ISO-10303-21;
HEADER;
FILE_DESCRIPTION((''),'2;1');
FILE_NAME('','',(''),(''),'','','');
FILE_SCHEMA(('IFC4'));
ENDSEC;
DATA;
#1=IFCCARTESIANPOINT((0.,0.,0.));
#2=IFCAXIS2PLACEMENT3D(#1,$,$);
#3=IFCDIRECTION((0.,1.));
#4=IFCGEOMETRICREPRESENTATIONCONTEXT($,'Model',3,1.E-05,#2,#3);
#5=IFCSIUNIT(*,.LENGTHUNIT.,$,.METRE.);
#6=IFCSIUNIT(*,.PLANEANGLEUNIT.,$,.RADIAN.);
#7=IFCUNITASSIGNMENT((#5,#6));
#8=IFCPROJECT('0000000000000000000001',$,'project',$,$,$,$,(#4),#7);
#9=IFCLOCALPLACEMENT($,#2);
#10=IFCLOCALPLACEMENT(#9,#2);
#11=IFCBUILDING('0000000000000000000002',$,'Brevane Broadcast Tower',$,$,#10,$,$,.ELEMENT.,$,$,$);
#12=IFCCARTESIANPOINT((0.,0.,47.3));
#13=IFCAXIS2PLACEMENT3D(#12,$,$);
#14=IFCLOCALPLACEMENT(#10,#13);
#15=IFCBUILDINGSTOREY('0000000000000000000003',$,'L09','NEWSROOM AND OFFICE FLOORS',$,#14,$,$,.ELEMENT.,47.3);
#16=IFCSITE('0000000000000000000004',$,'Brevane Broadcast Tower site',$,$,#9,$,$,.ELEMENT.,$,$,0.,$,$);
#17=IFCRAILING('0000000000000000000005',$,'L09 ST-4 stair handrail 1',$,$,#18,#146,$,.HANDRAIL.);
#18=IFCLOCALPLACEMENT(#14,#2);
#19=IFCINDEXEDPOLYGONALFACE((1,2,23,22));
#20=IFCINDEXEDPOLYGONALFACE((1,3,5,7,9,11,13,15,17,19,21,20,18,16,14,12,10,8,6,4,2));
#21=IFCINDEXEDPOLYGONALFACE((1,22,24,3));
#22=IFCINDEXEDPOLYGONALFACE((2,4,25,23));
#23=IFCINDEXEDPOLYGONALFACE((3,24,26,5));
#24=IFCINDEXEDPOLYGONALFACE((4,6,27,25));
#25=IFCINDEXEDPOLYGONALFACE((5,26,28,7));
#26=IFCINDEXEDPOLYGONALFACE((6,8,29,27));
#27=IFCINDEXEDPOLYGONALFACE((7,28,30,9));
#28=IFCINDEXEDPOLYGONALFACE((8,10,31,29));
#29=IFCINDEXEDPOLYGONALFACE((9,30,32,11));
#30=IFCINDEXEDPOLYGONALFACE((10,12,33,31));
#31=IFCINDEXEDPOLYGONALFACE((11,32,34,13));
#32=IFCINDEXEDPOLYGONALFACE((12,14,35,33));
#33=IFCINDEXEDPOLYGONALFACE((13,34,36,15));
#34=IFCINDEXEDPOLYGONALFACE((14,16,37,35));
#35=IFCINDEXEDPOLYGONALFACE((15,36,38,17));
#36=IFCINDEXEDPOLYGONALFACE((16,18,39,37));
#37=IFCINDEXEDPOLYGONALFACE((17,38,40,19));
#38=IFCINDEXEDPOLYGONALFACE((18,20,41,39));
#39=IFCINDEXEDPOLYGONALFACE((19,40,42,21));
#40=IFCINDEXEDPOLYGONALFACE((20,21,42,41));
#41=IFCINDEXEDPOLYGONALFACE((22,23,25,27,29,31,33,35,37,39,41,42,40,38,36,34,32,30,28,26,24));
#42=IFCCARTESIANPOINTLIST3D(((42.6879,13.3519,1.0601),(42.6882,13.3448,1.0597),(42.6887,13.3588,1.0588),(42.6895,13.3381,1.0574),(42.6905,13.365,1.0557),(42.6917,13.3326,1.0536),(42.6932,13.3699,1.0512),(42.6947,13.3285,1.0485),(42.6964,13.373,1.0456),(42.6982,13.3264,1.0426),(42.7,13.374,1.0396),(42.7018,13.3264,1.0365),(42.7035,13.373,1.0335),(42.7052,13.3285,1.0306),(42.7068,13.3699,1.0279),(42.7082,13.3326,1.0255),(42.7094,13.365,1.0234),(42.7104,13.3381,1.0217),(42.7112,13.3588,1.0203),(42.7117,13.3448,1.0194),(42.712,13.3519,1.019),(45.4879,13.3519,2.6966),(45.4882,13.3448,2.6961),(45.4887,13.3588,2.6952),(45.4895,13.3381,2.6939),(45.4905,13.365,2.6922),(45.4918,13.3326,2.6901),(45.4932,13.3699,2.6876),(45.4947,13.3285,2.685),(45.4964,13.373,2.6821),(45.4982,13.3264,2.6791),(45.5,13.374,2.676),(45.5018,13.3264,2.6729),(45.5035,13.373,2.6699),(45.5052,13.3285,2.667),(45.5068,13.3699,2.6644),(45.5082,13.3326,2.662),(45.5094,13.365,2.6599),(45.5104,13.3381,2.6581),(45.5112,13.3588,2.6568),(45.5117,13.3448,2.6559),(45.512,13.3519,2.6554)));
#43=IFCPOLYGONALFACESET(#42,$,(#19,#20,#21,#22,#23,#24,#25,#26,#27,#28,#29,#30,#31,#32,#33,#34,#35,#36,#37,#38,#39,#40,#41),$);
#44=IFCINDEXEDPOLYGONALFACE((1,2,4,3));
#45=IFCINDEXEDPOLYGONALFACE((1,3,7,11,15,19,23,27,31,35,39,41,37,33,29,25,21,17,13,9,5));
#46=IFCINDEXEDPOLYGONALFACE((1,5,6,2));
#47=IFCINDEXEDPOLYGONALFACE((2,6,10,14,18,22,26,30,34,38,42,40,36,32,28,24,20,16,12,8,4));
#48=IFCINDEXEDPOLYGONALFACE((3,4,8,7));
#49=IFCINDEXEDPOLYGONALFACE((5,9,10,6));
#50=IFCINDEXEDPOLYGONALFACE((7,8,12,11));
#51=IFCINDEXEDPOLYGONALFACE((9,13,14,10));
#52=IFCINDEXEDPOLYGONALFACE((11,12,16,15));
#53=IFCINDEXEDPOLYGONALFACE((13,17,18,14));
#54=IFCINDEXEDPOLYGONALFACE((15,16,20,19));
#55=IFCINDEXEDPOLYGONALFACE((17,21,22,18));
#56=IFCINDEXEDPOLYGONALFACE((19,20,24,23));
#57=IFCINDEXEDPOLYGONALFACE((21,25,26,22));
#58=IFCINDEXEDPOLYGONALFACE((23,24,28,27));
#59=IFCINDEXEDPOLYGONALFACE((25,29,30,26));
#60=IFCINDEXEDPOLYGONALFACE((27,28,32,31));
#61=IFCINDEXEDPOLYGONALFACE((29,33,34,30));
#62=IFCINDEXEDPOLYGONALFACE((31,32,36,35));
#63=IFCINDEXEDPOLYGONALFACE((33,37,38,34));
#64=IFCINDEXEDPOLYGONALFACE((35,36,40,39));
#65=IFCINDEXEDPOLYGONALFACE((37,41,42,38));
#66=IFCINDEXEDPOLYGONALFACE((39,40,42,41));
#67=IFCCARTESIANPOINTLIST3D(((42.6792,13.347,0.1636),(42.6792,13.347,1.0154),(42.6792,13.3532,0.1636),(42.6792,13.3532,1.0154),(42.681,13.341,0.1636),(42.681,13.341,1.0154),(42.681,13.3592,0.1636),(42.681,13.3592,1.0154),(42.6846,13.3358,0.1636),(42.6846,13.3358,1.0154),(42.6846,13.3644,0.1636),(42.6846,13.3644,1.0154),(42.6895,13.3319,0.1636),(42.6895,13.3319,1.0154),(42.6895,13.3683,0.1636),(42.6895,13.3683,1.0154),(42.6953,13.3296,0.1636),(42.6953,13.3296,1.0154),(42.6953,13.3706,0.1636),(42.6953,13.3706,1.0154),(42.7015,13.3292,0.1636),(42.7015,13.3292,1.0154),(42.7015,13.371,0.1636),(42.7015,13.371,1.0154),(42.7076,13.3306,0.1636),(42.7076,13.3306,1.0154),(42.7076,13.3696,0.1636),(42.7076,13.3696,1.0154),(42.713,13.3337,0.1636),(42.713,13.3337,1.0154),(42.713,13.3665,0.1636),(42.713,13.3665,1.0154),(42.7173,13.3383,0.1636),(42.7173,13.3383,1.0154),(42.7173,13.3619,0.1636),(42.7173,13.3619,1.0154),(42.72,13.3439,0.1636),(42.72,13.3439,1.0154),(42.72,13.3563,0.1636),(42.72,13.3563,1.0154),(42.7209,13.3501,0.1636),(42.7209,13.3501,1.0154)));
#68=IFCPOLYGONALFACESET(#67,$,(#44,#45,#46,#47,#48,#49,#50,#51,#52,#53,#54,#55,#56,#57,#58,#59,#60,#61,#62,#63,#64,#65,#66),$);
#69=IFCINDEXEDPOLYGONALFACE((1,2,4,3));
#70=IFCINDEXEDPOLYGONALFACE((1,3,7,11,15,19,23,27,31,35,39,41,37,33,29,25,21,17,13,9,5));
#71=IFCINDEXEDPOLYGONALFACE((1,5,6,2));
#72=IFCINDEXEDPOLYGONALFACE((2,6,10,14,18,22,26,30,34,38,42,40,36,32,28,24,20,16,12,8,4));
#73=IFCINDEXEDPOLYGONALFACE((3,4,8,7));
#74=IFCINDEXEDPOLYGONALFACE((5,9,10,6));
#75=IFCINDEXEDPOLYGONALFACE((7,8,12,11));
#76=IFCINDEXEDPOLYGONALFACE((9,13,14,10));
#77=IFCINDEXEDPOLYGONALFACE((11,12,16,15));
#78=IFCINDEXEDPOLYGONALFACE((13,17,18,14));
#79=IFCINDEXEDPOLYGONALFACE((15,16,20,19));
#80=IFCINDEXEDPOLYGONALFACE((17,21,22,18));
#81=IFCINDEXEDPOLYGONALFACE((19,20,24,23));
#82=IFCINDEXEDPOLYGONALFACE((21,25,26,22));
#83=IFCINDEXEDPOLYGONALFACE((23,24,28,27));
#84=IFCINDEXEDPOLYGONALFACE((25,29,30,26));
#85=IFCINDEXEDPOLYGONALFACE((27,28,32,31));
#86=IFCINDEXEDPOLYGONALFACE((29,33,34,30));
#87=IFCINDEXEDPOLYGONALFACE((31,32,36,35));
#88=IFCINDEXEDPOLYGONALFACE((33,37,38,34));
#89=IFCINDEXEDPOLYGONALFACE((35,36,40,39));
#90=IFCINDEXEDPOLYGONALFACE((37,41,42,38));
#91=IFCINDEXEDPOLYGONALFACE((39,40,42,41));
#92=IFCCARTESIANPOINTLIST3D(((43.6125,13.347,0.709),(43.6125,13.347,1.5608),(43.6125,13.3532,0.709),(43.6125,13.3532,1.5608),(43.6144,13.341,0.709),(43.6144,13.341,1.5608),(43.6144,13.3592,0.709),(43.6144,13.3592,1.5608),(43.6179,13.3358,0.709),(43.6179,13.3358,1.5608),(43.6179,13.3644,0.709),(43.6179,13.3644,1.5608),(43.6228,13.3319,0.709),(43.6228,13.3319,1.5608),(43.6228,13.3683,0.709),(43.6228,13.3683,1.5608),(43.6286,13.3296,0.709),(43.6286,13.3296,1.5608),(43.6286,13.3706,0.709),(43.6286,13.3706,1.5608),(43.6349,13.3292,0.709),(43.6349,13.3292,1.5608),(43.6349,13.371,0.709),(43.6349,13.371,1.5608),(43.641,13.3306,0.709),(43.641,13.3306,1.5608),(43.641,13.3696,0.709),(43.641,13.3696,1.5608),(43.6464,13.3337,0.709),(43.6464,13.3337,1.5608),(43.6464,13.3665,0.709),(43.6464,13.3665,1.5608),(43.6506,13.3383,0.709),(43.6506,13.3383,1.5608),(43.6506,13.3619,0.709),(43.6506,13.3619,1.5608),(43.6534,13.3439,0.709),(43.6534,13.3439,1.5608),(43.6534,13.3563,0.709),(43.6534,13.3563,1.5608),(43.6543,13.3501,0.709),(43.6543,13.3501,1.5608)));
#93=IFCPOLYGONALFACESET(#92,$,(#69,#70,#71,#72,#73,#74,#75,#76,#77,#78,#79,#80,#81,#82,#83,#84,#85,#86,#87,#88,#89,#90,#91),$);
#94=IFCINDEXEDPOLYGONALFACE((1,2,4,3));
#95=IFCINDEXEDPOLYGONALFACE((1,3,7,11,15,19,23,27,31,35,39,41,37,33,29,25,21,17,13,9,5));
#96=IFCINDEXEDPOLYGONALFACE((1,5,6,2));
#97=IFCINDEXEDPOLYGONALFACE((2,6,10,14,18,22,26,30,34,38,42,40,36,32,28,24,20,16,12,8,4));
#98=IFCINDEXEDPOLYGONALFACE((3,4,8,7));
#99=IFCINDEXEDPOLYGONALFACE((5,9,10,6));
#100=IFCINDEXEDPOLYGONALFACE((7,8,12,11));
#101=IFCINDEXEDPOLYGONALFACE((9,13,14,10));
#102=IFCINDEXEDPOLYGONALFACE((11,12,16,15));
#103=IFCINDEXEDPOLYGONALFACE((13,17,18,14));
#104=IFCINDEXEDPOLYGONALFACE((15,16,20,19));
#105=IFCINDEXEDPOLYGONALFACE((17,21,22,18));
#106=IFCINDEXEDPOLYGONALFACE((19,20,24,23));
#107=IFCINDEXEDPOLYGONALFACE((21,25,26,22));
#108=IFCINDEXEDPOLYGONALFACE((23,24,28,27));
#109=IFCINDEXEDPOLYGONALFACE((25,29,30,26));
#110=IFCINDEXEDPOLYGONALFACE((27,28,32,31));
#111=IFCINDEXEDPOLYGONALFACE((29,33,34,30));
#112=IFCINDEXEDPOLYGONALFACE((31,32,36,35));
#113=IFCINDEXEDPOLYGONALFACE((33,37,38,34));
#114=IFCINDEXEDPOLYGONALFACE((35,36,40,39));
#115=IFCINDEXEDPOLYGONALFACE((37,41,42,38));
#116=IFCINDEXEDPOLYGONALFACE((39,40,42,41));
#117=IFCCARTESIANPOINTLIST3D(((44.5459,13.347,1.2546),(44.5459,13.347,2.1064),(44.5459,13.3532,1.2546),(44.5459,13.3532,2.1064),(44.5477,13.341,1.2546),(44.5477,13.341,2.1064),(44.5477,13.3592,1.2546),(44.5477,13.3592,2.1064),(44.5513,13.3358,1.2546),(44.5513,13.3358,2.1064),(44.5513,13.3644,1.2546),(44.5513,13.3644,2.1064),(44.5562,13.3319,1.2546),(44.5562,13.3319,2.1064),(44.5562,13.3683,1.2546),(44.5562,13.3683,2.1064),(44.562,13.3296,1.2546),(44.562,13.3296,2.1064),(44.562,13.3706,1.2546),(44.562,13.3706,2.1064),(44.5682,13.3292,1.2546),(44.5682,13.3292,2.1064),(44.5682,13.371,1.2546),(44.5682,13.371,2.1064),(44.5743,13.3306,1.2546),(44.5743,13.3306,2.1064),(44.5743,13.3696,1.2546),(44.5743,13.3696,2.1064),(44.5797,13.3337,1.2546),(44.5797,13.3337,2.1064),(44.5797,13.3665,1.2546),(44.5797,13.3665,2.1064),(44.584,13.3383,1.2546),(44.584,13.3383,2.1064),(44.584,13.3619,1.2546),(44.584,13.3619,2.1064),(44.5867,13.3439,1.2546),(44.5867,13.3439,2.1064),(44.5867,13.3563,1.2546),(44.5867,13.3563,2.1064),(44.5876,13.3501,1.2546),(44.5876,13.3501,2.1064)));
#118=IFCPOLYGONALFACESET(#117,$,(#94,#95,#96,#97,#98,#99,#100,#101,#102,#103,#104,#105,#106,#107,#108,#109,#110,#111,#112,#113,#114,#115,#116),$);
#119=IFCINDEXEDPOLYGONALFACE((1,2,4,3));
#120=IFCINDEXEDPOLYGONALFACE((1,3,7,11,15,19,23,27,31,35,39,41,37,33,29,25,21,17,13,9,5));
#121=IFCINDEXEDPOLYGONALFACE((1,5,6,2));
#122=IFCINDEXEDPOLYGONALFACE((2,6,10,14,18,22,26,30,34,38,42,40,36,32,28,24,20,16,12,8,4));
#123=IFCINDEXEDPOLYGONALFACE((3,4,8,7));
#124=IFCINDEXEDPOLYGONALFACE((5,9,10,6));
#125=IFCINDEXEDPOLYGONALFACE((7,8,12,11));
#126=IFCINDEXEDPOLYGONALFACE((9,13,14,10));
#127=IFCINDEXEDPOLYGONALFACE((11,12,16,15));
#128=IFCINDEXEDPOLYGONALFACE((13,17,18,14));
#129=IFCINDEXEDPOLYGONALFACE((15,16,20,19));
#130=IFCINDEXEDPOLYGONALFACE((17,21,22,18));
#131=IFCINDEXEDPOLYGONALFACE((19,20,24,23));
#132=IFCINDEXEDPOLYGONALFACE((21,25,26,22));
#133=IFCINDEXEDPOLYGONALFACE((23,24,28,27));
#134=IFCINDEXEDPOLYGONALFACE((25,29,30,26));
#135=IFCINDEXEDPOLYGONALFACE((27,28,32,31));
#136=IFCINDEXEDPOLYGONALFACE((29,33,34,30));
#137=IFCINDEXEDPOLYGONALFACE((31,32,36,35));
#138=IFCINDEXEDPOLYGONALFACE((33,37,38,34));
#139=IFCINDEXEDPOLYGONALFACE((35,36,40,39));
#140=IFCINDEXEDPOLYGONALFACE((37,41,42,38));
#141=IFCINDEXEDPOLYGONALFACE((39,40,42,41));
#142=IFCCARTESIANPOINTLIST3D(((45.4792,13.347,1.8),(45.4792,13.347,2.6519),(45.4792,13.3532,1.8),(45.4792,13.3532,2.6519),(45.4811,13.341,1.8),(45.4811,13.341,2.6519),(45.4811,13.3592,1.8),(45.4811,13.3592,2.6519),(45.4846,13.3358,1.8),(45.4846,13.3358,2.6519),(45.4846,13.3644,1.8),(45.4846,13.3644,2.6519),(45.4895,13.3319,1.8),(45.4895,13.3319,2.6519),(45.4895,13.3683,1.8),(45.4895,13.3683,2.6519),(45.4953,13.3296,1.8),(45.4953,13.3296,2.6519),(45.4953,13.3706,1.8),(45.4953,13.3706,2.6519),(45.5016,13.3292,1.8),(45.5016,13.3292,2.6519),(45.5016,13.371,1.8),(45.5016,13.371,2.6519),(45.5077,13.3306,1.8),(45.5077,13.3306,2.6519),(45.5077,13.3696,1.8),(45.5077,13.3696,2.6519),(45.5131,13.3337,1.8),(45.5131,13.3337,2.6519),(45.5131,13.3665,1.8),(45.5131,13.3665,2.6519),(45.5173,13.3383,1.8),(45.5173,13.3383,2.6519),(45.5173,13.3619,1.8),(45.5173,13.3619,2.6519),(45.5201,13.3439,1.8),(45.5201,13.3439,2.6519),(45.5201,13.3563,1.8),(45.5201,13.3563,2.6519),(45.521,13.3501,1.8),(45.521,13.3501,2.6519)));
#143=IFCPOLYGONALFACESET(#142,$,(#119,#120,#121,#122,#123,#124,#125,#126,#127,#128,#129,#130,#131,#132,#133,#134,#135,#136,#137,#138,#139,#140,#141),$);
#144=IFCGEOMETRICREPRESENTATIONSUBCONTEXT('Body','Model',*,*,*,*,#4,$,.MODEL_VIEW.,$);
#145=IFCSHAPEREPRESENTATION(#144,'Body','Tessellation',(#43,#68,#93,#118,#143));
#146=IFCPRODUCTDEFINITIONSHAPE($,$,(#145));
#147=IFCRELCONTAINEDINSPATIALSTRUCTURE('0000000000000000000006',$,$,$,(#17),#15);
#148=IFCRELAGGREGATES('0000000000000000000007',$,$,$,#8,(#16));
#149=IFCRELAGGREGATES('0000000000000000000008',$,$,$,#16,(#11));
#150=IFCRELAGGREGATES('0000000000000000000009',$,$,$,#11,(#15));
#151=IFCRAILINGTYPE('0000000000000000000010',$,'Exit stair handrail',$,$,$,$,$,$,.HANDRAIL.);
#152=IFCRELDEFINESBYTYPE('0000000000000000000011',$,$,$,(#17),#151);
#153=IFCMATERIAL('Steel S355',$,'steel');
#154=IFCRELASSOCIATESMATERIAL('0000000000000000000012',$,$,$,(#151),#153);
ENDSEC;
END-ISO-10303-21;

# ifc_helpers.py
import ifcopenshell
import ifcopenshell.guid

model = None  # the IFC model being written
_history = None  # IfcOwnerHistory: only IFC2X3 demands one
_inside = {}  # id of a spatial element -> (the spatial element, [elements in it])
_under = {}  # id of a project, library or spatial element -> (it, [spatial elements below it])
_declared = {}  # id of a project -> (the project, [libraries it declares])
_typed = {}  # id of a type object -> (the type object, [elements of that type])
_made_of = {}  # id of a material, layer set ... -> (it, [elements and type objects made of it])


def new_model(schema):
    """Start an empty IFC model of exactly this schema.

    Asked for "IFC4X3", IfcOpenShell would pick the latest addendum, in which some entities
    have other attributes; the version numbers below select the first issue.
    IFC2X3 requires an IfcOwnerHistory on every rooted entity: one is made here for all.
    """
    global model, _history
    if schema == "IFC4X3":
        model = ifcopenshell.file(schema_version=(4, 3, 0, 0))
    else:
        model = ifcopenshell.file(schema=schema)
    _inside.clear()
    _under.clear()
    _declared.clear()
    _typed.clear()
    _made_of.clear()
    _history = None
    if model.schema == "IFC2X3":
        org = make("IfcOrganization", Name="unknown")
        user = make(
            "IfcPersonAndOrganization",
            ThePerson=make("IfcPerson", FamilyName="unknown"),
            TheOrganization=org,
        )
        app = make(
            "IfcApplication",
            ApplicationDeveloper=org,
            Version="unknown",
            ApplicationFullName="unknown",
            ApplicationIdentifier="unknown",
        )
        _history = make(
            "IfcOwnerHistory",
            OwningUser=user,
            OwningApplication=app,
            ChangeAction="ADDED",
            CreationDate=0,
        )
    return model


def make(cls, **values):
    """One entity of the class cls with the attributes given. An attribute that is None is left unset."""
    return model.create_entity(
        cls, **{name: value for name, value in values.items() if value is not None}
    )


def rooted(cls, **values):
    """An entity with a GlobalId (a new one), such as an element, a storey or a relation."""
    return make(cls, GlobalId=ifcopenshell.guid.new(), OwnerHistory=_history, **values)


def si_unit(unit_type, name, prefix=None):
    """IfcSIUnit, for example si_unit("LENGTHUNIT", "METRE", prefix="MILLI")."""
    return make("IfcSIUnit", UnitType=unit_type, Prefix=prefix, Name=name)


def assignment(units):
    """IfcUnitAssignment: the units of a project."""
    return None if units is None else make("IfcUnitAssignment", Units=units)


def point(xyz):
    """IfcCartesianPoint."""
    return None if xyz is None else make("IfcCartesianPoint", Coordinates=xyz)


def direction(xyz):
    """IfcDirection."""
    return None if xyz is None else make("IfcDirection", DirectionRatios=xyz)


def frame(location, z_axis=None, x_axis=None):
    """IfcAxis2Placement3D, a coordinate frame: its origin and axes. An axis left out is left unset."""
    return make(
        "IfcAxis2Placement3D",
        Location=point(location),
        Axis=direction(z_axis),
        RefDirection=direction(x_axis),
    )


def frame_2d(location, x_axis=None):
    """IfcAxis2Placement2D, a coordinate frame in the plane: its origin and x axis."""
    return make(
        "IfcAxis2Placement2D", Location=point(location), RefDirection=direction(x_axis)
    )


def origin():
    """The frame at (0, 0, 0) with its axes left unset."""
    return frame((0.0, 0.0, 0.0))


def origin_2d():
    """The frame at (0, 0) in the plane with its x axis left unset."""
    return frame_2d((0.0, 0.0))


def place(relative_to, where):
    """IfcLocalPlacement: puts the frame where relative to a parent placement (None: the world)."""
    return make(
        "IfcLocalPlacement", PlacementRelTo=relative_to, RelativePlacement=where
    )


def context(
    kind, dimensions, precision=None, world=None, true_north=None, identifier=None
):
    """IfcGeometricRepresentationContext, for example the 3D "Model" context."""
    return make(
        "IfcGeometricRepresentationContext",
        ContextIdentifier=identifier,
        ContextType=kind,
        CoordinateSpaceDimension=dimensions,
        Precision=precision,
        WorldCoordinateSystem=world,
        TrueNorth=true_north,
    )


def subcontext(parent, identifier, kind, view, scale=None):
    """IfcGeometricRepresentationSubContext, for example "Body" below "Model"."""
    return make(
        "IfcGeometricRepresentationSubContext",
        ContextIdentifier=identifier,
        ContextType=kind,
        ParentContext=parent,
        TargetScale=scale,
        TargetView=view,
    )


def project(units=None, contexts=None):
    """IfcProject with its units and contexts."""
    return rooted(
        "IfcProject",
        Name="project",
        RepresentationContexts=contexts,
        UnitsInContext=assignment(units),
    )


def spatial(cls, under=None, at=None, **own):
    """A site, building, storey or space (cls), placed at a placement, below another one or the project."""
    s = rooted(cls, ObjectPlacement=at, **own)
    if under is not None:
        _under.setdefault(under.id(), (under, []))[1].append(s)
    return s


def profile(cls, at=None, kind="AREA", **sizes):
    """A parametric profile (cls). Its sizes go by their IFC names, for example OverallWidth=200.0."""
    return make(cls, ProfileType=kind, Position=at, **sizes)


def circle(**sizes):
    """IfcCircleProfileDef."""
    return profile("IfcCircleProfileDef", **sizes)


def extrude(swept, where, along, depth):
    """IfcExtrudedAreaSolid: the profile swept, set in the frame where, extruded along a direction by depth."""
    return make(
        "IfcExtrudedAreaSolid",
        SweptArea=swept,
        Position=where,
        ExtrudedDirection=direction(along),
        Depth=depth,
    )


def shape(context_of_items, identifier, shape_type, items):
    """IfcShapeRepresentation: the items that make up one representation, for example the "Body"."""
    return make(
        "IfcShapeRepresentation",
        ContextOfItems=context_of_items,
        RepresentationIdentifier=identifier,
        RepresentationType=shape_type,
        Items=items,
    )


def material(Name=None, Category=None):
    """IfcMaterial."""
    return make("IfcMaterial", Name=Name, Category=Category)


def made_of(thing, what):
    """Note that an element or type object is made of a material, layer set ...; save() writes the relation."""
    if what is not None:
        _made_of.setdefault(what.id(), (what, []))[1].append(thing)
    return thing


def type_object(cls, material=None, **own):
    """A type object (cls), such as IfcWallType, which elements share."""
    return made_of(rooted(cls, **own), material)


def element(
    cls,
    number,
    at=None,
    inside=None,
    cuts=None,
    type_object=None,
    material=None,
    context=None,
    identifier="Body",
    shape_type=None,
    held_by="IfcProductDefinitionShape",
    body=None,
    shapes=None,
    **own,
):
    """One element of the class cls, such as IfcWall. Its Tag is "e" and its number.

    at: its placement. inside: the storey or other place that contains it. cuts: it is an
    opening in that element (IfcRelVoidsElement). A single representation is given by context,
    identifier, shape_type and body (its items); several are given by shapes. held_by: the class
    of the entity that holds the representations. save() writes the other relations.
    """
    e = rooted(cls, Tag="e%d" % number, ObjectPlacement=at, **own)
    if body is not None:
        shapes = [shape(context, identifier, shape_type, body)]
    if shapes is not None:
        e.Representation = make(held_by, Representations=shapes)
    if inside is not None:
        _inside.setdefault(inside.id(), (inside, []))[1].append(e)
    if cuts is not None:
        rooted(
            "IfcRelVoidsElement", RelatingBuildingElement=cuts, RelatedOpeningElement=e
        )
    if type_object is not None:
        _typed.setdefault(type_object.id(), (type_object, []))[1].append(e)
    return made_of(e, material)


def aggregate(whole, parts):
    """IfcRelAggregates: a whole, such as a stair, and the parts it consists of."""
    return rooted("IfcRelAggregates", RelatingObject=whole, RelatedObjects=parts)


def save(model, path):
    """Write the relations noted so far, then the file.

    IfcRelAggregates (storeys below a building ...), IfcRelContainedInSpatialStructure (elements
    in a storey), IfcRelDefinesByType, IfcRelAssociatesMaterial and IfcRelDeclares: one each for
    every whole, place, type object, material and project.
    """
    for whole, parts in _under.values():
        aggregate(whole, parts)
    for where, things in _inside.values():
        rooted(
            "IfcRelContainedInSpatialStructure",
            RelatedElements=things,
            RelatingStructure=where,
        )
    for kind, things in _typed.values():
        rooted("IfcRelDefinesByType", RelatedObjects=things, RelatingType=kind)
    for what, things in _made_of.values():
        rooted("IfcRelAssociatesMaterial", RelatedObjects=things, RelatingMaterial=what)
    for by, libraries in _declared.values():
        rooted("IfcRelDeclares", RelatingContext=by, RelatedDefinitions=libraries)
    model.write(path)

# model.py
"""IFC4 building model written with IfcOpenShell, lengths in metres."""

from ifc_helpers import new_model, si_unit, direction, frame, origin, origin_2d, place, context, subcontext, project, spatial, circle, extrude, material, type_object, element, save


model = new_model("IFC4")

# Units and contexts
model_context = context("Model", 3, precision=1e-05, world=origin(), true_north=direction((0.0, 1.0)))
body_context = subcontext(model_context, "Body", "Model", "MODEL_VIEW")
ifc_project = project(units=[si_unit("LENGTHUNIT", "METRE"), si_unit("PLANEANGLEUNIT", "RADIAN")], contexts=[model_context])

# Site, building, storey
site_placement = place(None, origin())
site = spatial("IfcSite", under=ifc_project, at=site_placement, Name="Brevane Broadcast Tower site", CompositionType="ELEMENT", RefElevation=0.0)
building_placement = place(site_placement, origin())
building = spatial("IfcBuilding", under=site, at=building_placement, Name="Brevane Broadcast Tower", CompositionType="ELEMENT")
storey_placement = place(building_placement, frame((0.0, 0.0, 47.3)))
storey = spatial("IfcBuildingStorey", under=building, at=storey_placement, Name="L09", Description="NEWSROOM AND OFFICE FLOORS", CompositionType="ELEMENT", Elevation=47.3)

# Railing
ifc_material_1 = material(Name="Steel S355", Category="steel")
railing_type_1 = type_object("IfcRailingType", Name="Exit stair handrail", PredefinedType="HANDRAIL", material=ifc_material_1)
railing_1_placement = place(storey_placement, frame((42.7, 13.3501, 0.1636)))
element("IfcRailing", 1, at=railing_1_placement, inside=storey, type_object=railing_type_1, Name="L09 ST-4 stair handrail 1", PredefinedType="HANDRAIL", context=body_context, shape_type="SweptSolid", body=[
    extrude(circle(Radius=0.0239, at=origin_2d()), frame((0.0, 0.0, 0.876), z_axis=(0.863361, 0.0, 0.504587), x_axis=(0.0, 1.0, 0.0)), (0.0, 0.0, 1.0), 3.2432),
    extrude(circle(Radius=0.021, at=origin_2d()), origin(), (0.0, 0.0, 1.0), 0.8518),
    extrude(circle(Radius=0.021, at=origin_2d()), frame((0.9333, 0.0, 0.5454)), (0.0, 0.0, 1.0), 0.8518),
    extrude(circle(Radius=0.021, at=origin_2d()), frame((1.8667, 0.0, 1.0911)), (0.0, 0.0, 1.0), 0.8518),
    extrude(circle(Radius=0.021, at=origin_2d()), frame((2.8, 0.0, 1.6365)), (0.0, 0.0, 1.0), 0.8518),
])

save(model, "model.ifc")
